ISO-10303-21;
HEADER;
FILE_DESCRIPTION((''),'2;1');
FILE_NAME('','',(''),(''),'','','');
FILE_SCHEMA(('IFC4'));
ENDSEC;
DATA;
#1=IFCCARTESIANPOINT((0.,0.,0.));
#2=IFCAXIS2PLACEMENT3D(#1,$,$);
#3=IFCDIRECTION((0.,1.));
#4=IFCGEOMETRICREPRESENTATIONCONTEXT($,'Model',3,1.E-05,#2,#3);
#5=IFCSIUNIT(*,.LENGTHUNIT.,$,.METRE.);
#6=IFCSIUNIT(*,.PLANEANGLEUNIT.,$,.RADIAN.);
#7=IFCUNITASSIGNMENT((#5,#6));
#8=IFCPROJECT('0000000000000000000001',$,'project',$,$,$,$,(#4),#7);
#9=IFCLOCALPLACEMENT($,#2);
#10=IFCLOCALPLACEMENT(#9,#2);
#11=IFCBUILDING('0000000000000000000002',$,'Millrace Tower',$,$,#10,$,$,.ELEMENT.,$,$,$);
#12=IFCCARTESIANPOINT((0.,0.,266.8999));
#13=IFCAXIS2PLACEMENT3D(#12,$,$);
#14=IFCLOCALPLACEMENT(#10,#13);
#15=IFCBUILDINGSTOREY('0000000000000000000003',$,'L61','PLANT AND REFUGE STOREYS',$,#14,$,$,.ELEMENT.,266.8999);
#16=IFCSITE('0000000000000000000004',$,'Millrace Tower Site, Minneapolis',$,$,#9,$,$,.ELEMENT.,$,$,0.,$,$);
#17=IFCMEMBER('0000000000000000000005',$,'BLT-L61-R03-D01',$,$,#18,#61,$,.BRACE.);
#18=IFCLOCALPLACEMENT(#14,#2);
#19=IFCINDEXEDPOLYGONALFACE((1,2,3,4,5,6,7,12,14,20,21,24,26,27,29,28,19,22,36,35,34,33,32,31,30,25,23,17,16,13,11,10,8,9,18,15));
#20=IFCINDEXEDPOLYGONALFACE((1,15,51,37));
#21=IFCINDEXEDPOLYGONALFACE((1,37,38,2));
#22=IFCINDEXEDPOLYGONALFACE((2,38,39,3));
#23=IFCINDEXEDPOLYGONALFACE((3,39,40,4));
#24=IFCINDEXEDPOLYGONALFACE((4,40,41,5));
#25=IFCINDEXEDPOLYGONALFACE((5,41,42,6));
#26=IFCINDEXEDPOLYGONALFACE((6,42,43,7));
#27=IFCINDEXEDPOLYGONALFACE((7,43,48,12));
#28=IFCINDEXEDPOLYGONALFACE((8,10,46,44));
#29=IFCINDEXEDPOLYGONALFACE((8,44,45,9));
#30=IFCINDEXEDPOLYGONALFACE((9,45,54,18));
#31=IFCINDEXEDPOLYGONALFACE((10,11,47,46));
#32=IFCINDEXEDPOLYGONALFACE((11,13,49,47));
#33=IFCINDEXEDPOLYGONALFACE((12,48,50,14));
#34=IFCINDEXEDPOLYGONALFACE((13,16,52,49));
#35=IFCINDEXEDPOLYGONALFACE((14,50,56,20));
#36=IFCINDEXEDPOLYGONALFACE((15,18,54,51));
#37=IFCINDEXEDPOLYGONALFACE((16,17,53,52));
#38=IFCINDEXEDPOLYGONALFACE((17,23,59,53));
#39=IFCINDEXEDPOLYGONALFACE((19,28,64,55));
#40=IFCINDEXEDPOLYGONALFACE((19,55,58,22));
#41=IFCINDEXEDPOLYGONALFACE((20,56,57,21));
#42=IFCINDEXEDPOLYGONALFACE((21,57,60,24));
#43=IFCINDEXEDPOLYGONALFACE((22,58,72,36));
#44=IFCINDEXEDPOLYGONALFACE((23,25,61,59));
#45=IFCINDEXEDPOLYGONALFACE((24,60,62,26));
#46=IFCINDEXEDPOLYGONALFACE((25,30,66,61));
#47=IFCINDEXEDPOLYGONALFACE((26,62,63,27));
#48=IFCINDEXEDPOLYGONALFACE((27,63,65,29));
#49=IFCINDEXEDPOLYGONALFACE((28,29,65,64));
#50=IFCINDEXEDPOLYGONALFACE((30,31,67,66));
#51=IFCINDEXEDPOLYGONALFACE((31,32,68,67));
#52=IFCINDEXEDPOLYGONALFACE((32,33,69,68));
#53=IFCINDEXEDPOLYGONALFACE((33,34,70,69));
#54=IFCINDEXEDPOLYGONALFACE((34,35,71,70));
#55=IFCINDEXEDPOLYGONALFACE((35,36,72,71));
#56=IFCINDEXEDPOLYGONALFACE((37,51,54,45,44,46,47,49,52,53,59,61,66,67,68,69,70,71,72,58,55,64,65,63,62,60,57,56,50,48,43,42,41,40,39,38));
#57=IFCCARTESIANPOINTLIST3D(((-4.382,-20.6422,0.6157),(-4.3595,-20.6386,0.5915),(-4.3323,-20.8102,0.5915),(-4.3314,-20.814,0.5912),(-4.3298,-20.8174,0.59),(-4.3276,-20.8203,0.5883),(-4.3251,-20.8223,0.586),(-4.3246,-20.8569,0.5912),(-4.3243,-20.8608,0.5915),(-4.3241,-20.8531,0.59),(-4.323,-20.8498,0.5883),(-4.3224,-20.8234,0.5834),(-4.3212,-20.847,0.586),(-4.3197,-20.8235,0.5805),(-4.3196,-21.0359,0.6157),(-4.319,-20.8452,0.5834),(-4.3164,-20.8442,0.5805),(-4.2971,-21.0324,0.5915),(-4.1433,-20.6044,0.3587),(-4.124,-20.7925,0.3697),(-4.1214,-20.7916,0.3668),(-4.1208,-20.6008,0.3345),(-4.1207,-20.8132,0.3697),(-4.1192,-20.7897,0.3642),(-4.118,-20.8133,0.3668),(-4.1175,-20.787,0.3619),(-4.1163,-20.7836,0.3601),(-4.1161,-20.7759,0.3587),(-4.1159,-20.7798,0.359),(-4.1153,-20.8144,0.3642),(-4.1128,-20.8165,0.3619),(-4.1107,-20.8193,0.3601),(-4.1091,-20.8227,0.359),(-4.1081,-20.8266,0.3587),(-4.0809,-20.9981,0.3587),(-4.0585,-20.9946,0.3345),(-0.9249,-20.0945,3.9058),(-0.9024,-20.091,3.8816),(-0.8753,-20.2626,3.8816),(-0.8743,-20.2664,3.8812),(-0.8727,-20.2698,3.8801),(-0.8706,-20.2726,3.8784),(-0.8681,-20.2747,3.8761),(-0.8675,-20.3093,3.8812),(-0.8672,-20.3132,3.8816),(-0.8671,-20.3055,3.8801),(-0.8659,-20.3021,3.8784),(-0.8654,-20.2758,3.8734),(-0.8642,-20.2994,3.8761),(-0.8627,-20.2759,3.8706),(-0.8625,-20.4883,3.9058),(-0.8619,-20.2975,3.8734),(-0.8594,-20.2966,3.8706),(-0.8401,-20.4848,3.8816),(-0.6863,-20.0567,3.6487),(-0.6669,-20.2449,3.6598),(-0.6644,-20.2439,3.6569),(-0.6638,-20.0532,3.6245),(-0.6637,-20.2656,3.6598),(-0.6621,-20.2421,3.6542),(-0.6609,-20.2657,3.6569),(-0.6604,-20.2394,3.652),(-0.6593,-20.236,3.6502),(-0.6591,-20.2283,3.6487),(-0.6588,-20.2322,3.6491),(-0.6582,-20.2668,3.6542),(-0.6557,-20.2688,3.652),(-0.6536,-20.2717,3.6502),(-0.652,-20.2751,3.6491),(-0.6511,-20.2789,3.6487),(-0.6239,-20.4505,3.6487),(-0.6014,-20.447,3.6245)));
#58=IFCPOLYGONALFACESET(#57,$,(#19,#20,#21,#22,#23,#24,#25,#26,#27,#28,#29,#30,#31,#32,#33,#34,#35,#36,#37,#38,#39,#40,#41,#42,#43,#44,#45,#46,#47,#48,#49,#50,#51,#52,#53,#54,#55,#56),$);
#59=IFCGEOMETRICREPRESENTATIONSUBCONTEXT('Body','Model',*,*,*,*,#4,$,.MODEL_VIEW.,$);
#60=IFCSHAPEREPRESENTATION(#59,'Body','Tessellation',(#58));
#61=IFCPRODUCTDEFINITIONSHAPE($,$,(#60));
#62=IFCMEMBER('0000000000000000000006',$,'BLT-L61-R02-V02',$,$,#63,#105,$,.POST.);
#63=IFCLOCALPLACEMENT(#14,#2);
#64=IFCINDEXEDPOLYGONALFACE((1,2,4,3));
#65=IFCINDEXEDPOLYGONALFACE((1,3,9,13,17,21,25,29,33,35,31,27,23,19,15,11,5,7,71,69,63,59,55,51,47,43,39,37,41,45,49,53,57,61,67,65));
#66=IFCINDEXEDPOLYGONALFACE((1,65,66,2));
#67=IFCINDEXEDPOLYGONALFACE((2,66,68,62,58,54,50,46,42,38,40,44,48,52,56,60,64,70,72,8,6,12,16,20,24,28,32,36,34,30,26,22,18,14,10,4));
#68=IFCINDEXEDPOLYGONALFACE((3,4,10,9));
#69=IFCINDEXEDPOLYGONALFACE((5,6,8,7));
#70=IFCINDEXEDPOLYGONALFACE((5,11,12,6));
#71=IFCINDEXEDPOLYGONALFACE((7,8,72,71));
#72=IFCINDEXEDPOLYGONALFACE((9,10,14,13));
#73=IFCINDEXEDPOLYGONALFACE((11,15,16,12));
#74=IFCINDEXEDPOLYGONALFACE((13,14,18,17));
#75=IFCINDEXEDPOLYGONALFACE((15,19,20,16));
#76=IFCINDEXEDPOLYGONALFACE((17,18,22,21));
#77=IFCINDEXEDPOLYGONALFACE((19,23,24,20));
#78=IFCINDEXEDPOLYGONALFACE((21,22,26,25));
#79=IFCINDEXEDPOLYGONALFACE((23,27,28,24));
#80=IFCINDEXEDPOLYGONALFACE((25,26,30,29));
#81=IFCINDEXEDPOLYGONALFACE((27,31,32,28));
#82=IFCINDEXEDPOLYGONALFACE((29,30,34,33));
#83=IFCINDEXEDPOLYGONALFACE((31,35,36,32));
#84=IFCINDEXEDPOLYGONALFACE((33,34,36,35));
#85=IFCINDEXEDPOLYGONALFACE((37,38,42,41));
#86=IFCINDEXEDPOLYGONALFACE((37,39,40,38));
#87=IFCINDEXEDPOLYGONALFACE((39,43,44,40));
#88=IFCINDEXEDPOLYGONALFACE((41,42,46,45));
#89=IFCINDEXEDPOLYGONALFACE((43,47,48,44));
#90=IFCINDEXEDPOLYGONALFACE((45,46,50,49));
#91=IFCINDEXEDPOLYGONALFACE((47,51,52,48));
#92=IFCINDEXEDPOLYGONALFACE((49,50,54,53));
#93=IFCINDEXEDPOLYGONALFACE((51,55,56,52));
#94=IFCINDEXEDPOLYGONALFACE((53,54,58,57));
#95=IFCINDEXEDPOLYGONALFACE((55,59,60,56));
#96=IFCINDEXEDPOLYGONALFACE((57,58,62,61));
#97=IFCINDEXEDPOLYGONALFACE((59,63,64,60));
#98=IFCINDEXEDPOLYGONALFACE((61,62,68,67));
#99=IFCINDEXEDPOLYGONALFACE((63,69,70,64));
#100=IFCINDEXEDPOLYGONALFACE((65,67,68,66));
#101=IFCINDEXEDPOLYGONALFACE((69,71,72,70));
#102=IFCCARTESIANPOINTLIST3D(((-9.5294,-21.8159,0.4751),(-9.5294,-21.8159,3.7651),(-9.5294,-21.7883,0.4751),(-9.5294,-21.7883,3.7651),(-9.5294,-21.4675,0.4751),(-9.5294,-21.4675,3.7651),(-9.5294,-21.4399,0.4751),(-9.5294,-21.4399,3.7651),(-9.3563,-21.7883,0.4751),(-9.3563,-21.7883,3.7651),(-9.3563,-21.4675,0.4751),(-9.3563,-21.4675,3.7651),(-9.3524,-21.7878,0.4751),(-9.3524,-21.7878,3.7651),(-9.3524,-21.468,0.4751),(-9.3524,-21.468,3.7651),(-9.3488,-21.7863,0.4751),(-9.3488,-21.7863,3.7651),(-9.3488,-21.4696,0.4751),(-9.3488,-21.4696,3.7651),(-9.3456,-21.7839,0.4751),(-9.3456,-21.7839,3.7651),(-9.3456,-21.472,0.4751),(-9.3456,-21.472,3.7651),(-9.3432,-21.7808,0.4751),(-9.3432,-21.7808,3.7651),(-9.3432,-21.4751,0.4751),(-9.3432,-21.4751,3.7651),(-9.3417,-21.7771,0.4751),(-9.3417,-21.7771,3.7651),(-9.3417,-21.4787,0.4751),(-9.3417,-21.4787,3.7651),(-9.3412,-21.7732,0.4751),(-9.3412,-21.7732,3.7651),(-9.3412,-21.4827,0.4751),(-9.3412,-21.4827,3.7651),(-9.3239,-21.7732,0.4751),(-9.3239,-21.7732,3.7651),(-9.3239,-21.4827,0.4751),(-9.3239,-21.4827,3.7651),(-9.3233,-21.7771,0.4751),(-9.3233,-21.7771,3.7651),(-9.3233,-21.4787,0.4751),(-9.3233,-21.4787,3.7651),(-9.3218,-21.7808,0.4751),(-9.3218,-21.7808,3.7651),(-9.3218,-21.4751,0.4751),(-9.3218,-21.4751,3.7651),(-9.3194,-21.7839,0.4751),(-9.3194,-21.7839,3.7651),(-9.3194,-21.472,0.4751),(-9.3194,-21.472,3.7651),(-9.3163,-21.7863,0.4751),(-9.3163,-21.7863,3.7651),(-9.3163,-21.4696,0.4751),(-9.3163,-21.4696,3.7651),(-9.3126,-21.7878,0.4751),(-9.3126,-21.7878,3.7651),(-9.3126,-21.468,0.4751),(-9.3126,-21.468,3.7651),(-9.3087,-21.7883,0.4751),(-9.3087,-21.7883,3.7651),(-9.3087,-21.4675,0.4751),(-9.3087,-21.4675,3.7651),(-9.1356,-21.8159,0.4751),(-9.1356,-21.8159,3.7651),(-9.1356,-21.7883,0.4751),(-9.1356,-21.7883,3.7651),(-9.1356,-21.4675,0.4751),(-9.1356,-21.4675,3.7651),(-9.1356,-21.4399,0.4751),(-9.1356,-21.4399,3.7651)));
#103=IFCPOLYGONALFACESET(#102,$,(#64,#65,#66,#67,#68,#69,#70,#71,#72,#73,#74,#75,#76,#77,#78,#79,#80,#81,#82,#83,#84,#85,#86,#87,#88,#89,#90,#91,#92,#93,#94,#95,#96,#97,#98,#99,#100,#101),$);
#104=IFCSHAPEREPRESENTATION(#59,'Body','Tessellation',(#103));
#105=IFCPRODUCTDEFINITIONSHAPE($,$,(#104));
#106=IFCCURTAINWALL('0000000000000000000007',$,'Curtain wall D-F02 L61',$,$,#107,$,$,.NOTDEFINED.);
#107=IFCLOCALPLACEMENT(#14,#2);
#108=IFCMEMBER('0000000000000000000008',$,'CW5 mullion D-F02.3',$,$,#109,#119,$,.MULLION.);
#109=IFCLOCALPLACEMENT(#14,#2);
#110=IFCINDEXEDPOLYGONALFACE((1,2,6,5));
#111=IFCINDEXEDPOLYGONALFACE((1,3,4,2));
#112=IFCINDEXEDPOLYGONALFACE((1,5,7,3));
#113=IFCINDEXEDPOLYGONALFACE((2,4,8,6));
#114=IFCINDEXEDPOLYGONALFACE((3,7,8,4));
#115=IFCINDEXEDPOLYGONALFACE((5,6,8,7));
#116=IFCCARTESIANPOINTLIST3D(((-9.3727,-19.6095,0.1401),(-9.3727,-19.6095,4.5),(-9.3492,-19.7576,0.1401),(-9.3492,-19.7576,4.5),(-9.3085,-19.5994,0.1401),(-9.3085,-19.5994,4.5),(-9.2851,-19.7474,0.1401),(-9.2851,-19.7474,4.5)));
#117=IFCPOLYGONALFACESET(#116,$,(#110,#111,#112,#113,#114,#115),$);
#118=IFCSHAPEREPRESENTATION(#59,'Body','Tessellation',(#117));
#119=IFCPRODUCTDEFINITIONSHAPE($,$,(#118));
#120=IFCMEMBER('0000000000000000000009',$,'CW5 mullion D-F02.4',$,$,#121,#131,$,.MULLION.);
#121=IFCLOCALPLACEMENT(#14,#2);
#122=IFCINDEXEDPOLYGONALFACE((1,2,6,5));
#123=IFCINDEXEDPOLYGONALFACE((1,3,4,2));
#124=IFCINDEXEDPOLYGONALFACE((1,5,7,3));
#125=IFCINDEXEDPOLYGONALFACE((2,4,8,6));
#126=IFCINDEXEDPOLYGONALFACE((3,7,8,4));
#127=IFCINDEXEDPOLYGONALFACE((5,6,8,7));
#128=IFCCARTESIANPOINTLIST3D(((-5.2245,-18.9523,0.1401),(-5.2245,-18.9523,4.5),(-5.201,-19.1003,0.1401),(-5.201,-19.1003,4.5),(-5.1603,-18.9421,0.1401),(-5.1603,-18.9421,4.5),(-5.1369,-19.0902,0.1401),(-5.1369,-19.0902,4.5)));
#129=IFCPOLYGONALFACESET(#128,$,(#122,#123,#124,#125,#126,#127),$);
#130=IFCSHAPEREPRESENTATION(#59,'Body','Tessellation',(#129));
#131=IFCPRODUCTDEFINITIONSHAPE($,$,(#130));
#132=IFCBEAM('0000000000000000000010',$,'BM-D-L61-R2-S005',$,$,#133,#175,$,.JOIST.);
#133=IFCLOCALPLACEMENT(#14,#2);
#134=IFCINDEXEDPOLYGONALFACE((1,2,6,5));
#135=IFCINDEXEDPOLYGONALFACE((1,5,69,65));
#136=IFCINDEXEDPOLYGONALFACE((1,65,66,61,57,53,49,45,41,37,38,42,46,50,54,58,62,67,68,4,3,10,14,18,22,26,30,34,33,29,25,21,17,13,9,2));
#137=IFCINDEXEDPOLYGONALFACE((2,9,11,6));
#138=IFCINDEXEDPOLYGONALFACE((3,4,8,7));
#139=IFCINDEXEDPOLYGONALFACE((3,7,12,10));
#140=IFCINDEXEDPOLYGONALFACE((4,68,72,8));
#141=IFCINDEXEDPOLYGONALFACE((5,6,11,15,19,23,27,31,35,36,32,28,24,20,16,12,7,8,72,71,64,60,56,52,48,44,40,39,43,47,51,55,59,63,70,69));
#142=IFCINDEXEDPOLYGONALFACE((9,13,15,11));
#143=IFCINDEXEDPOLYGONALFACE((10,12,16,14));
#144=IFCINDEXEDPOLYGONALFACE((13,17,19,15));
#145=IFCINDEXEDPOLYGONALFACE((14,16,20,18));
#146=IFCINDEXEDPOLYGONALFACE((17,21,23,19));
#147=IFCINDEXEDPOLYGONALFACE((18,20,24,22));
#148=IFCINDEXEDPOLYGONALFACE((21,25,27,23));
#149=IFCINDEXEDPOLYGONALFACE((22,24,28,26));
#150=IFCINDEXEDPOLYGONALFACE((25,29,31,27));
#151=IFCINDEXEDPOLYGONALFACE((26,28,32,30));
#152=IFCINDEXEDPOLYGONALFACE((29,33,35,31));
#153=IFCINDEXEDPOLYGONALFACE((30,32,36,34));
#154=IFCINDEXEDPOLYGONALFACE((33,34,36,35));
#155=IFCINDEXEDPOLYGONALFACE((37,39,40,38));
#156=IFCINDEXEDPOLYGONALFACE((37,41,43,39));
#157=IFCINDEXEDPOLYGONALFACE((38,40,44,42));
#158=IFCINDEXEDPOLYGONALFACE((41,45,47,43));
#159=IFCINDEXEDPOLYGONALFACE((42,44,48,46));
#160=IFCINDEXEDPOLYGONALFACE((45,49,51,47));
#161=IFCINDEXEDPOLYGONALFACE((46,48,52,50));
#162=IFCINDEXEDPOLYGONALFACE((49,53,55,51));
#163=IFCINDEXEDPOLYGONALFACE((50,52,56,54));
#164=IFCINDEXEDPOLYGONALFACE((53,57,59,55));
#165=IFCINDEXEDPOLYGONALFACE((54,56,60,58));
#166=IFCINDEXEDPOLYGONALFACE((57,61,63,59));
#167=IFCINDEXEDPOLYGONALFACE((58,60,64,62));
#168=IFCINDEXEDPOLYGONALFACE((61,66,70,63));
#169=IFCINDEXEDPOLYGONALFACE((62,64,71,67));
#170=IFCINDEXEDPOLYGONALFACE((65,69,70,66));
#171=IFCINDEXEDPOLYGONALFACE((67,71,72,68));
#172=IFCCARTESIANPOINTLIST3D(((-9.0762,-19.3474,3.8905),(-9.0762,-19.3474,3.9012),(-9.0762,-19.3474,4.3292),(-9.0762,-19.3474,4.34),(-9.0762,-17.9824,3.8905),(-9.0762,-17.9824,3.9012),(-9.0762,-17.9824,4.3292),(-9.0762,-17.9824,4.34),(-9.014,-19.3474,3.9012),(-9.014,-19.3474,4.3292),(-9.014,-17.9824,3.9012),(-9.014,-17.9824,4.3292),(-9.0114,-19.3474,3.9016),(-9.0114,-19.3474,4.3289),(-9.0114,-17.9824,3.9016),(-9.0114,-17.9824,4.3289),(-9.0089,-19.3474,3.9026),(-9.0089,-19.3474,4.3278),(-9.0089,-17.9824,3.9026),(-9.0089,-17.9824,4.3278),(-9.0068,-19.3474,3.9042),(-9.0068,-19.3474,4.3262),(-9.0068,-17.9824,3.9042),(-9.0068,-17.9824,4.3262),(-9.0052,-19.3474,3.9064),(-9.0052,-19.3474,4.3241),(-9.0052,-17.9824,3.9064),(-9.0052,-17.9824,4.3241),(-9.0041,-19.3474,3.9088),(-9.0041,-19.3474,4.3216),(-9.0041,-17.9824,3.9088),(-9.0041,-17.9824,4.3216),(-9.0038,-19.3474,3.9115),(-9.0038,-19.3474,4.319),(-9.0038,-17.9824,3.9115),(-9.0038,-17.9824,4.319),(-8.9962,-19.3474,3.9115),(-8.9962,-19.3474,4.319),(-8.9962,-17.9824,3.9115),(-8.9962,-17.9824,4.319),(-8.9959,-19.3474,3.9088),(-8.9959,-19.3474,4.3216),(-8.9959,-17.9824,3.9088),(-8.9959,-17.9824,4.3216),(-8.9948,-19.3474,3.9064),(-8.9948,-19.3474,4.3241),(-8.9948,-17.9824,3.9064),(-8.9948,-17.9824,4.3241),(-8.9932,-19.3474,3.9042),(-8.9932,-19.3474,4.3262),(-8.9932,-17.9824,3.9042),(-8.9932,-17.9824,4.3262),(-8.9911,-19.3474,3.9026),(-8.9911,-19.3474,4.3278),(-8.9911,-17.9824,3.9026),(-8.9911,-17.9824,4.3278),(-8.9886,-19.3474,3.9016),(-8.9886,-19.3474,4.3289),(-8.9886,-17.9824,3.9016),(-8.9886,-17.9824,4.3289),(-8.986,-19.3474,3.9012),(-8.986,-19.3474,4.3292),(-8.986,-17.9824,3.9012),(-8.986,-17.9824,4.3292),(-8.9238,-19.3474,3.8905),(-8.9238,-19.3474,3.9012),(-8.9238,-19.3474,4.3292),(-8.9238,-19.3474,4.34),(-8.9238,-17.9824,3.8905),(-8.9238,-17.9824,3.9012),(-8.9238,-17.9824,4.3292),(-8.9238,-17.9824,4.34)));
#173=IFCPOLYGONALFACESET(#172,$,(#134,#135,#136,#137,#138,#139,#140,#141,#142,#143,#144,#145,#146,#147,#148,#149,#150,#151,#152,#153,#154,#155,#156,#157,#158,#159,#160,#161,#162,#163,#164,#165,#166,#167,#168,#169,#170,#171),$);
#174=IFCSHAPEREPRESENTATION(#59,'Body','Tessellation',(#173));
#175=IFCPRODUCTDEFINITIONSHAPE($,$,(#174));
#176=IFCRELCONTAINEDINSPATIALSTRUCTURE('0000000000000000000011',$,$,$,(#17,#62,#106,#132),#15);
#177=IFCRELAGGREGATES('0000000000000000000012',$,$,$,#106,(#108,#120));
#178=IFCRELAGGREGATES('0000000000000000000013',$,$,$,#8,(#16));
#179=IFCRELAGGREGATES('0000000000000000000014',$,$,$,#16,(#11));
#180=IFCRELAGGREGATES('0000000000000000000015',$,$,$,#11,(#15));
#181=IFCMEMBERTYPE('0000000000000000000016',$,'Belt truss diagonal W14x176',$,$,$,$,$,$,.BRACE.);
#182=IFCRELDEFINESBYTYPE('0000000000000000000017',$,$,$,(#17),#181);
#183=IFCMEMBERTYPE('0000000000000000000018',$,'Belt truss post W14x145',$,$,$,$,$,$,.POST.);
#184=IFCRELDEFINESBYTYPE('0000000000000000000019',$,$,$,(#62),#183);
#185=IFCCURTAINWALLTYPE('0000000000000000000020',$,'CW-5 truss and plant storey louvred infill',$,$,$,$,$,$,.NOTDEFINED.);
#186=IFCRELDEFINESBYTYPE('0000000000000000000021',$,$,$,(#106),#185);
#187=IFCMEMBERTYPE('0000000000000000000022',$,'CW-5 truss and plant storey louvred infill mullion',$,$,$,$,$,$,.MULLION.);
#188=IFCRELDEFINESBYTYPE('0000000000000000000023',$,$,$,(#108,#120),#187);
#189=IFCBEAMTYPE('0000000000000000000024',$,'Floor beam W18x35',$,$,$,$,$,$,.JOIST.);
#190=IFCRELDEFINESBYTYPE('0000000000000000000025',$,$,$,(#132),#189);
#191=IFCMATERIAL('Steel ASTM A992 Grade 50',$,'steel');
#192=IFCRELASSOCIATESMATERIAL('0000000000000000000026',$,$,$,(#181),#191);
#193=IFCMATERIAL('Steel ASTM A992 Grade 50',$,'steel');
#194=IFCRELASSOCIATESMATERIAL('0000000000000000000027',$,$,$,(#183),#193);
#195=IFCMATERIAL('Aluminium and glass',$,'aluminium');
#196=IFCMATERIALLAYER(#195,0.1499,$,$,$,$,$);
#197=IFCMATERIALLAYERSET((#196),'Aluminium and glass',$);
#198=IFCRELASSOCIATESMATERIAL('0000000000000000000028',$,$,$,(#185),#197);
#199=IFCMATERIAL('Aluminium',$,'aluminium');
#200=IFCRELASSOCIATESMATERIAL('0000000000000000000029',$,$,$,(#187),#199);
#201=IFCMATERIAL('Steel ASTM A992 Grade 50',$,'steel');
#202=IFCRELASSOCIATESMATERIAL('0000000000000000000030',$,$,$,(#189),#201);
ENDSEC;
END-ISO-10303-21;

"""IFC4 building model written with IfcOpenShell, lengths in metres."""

from ifc_helpers import new_model, si_unit, direction, frame, origin, origin_2d, place, context, subcontext, project, spatial, rectangle, i_section, extrude, material, layer, layer_set, material_profile, profile_set, type_object, element, aggregate, save


model = new_model("IFC4")

# Units and contexts
model_context = context("Model", 3, precision=1e-05, world=origin(), true_north=direction((0.0, 1.0)))
body_context = subcontext(model_context, "Body", "Model", "MODEL_VIEW")
ifc_project = project(units=[si_unit("LENGTHUNIT", "METRE"), si_unit("PLANEANGLEUNIT", "RADIAN")], contexts=[model_context])

# Site, building, storey
site_placement = place(None, origin())
site = spatial("IfcSite", under=ifc_project, at=site_placement, Name="Millrace Tower Site, Minneapolis", CompositionType="ELEMENT", RefElevation=0.0)
building_placement = place(site_placement, origin())
building = spatial("IfcBuilding", under=site, at=building_placement, Name="Millrace Tower", CompositionType="ELEMENT")
storey_placement = place(building_placement, frame((0.0, 0.0, 266.8999)))
storey = spatial("IfcBuildingStorey", under=building, at=storey_placement, Name="L61", Description="PLANT AND REFUGE STOREYS", CompositionType="ELEMENT", Elevation=266.8999)

# Members
ifc_material_1 = material(Name="Steel ASTM A992 Grade 50", Category="steel")
ifc_material_profile_1 = material_profile(ifc_material_1, i_section(OverallWidth=0.3987, OverallDepth=0.386, WebThickness=0.021, FlangeThickness=0.0332, FilletRadius=0.0151, at=origin_2d()))
ifc_profile_set_1 = profile_set([ifc_material_profile_1], Name="Steel ASTM A992 Grade 50")
member_type_1 = type_object("IfcMemberType", Name="Belt truss diagonal W14x176", PredefinedType="BRACE", material=ifc_profile_set_1)
member_1_placement = place(storey_placement, frame((-4.2202, -20.8184, 0.4751), z_axis=(0.719664, 0.113998, 0.6849), x_axis=(-0.156453, 0.987685, 0.0)))
element("IfcMember", 1, at=member_1_placement, inside=storey, type_object=member_type_1, Name="BLT-L61-R03-D01", PredefinedType="BRACE", context=body_context, shape_type="SweptSolid", body=[
    extrude(i_section(OverallWidth=0.3987, OverallDepth=0.386, WebThickness=0.021, FlangeThickness=0.0332, FilletRadius=0.0151, at=origin_2d()), origin(), (0.0, 0.0, 1.0), 4.8037),
])
ifc_material_2 = material(Name="Steel ASTM A992 Grade 50", Category="steel")
ifc_material_profile_2 = material_profile(ifc_material_2, i_section(OverallWidth=0.3938, OverallDepth=0.376, WebThickness=0.0173, FlangeThickness=0.0276, FilletRadius=0.0151, at=origin_2d()))
ifc_profile_set_2 = profile_set([ifc_material_profile_2], Name="Steel ASTM A992 Grade 50")
member_type_2 = type_object("IfcMemberType", Name="Belt truss post W14x145", PredefinedType="POST", material=ifc_profile_set_2)
member_2_placement = place(storey_placement, frame((-9.3325, -21.6279, 0.4751), z_axis=(0.0, 0.0, 1.0), x_axis=(1.0, 0.0, 0.0)))
element("IfcMember", 2, at=member_2_placement, inside=storey, type_object=member_type_2, Name="BLT-L61-R02-V02", PredefinedType="POST", context=body_context, shape_type="SweptSolid", body=[
    extrude(i_section(OverallWidth=0.3938, OverallDepth=0.376, WebThickness=0.0173, FlangeThickness=0.0276, FilletRadius=0.0151, at=origin_2d()), origin(), (0.0, 0.0, 1.0), 3.29),
])

# Curtain wall, members
ifc_material_3 = material(Name="Aluminium and glass", Category="aluminium")
ifc_layer_1 = layer(ifc_material_3, 0.1499)
ifc_layer_set_1 = layer_set([ifc_layer_1], Name="Aluminium and glass")
curtain_wall_type = type_object("IfcCurtainWallType", Name="CW-5 truss and plant storey louvred infill", PredefinedType="NOTDEFINED", material=ifc_layer_set_1)
curtain_wall_placement = place(storey_placement, origin())
curtain_wall = element("IfcCurtainWall", 3, at=curtain_wall_placement, inside=storey, type_object=curtain_wall_type, Name="Curtain wall D-F02 L61", PredefinedType="NOTDEFINED")
ifc_material_4 = material(Name="Aluminium", Category="aluminium")
ifc_material_profile_3 = material_profile(ifc_material_4, rectangle(XDim=0.0649, YDim=0.1499, at=origin_2d()))
ifc_profile_set_3 = profile_set([ifc_material_profile_3], Name="Aluminium")
member_type_3 = type_object("IfcMemberType", Name="CW-5 truss and plant storey louvred infill mullion", PredefinedType="MULLION", material=ifc_profile_set_3)
member_3_placement = place(storey_placement, frame((-9.3289, -19.6785, 0.1401), z_axis=(0.0, 0.0, 1.0), x_axis=(0.987688, 0.156434, 0.0)))
member_3 = element("IfcMember", 4, at=member_3_placement, type_object=member_type_3, Name="CW5 mullion D-F02.3", PredefinedType="MULLION", context=body_context, shape_type="SweptSolid", body=[
    extrude(rectangle(XDim=0.0649, YDim=0.1499, at=origin_2d()), origin(), (0.0, 0.0, 1.0), 4.3599),
])
member_4_placement = place(storey_placement, frame((-5.1807, -19.0212, 0.1401), z_axis=(0.0, 0.0, 1.0), x_axis=(0.987688, 0.156434, 0.0)))
member_4 = element("IfcMember", 5, at=member_4_placement, type_object=member_type_3, Name="CW5 mullion D-F02.4", PredefinedType="MULLION", context=body_context, shape_type="SweptSolid", body=[
    extrude(rectangle(XDim=0.0649, YDim=0.1499, at=origin_2d()), origin(), (0.0, 0.0, 1.0), 4.3599),
])
aggregate(curtain_wall, [member_3, member_4])

# Beam
ifc_material_5 = material(Name="Steel ASTM A992 Grade 50", Category="steel")
ifc_material_profile_4 = material_profile(ifc_material_5, i_section(OverallWidth=0.1523, OverallDepth=0.4495, WebThickness=0.0076, FlangeThickness=0.0107, FilletRadius=0.0103, at=origin_2d()))
ifc_profile_set_4 = profile_set([ifc_material_profile_4], Name="Steel ASTM A992 Grade 50")
beam_type_1 = type_object("IfcBeamType", Name="Floor beam W18x35", PredefinedType="JOIST", material=ifc_profile_set_4)
beam_1_placement = place(storey_placement, frame((-9.0, -19.3474, 4.1152), z_axis=(0.0, 1.0, 0.0), x_axis=(-1.0, 0.0, 0.0)))
element("IfcBeam", 6, at=beam_1_placement, inside=storey, type_object=beam_type_1, Name="BM-D-L61-R2-S005", PredefinedType="JOIST", context=body_context, shape_type="SweptSolid", body=[
    extrude(i_section(OverallWidth=0.1523, OverallDepth=0.4495, WebThickness=0.0076, FlangeThickness=0.0107, FilletRadius=0.0103, at=origin_2d()), origin(), (0.0, 0.0, 1.0), 1.365),
])

save(model, "model.ifc")
